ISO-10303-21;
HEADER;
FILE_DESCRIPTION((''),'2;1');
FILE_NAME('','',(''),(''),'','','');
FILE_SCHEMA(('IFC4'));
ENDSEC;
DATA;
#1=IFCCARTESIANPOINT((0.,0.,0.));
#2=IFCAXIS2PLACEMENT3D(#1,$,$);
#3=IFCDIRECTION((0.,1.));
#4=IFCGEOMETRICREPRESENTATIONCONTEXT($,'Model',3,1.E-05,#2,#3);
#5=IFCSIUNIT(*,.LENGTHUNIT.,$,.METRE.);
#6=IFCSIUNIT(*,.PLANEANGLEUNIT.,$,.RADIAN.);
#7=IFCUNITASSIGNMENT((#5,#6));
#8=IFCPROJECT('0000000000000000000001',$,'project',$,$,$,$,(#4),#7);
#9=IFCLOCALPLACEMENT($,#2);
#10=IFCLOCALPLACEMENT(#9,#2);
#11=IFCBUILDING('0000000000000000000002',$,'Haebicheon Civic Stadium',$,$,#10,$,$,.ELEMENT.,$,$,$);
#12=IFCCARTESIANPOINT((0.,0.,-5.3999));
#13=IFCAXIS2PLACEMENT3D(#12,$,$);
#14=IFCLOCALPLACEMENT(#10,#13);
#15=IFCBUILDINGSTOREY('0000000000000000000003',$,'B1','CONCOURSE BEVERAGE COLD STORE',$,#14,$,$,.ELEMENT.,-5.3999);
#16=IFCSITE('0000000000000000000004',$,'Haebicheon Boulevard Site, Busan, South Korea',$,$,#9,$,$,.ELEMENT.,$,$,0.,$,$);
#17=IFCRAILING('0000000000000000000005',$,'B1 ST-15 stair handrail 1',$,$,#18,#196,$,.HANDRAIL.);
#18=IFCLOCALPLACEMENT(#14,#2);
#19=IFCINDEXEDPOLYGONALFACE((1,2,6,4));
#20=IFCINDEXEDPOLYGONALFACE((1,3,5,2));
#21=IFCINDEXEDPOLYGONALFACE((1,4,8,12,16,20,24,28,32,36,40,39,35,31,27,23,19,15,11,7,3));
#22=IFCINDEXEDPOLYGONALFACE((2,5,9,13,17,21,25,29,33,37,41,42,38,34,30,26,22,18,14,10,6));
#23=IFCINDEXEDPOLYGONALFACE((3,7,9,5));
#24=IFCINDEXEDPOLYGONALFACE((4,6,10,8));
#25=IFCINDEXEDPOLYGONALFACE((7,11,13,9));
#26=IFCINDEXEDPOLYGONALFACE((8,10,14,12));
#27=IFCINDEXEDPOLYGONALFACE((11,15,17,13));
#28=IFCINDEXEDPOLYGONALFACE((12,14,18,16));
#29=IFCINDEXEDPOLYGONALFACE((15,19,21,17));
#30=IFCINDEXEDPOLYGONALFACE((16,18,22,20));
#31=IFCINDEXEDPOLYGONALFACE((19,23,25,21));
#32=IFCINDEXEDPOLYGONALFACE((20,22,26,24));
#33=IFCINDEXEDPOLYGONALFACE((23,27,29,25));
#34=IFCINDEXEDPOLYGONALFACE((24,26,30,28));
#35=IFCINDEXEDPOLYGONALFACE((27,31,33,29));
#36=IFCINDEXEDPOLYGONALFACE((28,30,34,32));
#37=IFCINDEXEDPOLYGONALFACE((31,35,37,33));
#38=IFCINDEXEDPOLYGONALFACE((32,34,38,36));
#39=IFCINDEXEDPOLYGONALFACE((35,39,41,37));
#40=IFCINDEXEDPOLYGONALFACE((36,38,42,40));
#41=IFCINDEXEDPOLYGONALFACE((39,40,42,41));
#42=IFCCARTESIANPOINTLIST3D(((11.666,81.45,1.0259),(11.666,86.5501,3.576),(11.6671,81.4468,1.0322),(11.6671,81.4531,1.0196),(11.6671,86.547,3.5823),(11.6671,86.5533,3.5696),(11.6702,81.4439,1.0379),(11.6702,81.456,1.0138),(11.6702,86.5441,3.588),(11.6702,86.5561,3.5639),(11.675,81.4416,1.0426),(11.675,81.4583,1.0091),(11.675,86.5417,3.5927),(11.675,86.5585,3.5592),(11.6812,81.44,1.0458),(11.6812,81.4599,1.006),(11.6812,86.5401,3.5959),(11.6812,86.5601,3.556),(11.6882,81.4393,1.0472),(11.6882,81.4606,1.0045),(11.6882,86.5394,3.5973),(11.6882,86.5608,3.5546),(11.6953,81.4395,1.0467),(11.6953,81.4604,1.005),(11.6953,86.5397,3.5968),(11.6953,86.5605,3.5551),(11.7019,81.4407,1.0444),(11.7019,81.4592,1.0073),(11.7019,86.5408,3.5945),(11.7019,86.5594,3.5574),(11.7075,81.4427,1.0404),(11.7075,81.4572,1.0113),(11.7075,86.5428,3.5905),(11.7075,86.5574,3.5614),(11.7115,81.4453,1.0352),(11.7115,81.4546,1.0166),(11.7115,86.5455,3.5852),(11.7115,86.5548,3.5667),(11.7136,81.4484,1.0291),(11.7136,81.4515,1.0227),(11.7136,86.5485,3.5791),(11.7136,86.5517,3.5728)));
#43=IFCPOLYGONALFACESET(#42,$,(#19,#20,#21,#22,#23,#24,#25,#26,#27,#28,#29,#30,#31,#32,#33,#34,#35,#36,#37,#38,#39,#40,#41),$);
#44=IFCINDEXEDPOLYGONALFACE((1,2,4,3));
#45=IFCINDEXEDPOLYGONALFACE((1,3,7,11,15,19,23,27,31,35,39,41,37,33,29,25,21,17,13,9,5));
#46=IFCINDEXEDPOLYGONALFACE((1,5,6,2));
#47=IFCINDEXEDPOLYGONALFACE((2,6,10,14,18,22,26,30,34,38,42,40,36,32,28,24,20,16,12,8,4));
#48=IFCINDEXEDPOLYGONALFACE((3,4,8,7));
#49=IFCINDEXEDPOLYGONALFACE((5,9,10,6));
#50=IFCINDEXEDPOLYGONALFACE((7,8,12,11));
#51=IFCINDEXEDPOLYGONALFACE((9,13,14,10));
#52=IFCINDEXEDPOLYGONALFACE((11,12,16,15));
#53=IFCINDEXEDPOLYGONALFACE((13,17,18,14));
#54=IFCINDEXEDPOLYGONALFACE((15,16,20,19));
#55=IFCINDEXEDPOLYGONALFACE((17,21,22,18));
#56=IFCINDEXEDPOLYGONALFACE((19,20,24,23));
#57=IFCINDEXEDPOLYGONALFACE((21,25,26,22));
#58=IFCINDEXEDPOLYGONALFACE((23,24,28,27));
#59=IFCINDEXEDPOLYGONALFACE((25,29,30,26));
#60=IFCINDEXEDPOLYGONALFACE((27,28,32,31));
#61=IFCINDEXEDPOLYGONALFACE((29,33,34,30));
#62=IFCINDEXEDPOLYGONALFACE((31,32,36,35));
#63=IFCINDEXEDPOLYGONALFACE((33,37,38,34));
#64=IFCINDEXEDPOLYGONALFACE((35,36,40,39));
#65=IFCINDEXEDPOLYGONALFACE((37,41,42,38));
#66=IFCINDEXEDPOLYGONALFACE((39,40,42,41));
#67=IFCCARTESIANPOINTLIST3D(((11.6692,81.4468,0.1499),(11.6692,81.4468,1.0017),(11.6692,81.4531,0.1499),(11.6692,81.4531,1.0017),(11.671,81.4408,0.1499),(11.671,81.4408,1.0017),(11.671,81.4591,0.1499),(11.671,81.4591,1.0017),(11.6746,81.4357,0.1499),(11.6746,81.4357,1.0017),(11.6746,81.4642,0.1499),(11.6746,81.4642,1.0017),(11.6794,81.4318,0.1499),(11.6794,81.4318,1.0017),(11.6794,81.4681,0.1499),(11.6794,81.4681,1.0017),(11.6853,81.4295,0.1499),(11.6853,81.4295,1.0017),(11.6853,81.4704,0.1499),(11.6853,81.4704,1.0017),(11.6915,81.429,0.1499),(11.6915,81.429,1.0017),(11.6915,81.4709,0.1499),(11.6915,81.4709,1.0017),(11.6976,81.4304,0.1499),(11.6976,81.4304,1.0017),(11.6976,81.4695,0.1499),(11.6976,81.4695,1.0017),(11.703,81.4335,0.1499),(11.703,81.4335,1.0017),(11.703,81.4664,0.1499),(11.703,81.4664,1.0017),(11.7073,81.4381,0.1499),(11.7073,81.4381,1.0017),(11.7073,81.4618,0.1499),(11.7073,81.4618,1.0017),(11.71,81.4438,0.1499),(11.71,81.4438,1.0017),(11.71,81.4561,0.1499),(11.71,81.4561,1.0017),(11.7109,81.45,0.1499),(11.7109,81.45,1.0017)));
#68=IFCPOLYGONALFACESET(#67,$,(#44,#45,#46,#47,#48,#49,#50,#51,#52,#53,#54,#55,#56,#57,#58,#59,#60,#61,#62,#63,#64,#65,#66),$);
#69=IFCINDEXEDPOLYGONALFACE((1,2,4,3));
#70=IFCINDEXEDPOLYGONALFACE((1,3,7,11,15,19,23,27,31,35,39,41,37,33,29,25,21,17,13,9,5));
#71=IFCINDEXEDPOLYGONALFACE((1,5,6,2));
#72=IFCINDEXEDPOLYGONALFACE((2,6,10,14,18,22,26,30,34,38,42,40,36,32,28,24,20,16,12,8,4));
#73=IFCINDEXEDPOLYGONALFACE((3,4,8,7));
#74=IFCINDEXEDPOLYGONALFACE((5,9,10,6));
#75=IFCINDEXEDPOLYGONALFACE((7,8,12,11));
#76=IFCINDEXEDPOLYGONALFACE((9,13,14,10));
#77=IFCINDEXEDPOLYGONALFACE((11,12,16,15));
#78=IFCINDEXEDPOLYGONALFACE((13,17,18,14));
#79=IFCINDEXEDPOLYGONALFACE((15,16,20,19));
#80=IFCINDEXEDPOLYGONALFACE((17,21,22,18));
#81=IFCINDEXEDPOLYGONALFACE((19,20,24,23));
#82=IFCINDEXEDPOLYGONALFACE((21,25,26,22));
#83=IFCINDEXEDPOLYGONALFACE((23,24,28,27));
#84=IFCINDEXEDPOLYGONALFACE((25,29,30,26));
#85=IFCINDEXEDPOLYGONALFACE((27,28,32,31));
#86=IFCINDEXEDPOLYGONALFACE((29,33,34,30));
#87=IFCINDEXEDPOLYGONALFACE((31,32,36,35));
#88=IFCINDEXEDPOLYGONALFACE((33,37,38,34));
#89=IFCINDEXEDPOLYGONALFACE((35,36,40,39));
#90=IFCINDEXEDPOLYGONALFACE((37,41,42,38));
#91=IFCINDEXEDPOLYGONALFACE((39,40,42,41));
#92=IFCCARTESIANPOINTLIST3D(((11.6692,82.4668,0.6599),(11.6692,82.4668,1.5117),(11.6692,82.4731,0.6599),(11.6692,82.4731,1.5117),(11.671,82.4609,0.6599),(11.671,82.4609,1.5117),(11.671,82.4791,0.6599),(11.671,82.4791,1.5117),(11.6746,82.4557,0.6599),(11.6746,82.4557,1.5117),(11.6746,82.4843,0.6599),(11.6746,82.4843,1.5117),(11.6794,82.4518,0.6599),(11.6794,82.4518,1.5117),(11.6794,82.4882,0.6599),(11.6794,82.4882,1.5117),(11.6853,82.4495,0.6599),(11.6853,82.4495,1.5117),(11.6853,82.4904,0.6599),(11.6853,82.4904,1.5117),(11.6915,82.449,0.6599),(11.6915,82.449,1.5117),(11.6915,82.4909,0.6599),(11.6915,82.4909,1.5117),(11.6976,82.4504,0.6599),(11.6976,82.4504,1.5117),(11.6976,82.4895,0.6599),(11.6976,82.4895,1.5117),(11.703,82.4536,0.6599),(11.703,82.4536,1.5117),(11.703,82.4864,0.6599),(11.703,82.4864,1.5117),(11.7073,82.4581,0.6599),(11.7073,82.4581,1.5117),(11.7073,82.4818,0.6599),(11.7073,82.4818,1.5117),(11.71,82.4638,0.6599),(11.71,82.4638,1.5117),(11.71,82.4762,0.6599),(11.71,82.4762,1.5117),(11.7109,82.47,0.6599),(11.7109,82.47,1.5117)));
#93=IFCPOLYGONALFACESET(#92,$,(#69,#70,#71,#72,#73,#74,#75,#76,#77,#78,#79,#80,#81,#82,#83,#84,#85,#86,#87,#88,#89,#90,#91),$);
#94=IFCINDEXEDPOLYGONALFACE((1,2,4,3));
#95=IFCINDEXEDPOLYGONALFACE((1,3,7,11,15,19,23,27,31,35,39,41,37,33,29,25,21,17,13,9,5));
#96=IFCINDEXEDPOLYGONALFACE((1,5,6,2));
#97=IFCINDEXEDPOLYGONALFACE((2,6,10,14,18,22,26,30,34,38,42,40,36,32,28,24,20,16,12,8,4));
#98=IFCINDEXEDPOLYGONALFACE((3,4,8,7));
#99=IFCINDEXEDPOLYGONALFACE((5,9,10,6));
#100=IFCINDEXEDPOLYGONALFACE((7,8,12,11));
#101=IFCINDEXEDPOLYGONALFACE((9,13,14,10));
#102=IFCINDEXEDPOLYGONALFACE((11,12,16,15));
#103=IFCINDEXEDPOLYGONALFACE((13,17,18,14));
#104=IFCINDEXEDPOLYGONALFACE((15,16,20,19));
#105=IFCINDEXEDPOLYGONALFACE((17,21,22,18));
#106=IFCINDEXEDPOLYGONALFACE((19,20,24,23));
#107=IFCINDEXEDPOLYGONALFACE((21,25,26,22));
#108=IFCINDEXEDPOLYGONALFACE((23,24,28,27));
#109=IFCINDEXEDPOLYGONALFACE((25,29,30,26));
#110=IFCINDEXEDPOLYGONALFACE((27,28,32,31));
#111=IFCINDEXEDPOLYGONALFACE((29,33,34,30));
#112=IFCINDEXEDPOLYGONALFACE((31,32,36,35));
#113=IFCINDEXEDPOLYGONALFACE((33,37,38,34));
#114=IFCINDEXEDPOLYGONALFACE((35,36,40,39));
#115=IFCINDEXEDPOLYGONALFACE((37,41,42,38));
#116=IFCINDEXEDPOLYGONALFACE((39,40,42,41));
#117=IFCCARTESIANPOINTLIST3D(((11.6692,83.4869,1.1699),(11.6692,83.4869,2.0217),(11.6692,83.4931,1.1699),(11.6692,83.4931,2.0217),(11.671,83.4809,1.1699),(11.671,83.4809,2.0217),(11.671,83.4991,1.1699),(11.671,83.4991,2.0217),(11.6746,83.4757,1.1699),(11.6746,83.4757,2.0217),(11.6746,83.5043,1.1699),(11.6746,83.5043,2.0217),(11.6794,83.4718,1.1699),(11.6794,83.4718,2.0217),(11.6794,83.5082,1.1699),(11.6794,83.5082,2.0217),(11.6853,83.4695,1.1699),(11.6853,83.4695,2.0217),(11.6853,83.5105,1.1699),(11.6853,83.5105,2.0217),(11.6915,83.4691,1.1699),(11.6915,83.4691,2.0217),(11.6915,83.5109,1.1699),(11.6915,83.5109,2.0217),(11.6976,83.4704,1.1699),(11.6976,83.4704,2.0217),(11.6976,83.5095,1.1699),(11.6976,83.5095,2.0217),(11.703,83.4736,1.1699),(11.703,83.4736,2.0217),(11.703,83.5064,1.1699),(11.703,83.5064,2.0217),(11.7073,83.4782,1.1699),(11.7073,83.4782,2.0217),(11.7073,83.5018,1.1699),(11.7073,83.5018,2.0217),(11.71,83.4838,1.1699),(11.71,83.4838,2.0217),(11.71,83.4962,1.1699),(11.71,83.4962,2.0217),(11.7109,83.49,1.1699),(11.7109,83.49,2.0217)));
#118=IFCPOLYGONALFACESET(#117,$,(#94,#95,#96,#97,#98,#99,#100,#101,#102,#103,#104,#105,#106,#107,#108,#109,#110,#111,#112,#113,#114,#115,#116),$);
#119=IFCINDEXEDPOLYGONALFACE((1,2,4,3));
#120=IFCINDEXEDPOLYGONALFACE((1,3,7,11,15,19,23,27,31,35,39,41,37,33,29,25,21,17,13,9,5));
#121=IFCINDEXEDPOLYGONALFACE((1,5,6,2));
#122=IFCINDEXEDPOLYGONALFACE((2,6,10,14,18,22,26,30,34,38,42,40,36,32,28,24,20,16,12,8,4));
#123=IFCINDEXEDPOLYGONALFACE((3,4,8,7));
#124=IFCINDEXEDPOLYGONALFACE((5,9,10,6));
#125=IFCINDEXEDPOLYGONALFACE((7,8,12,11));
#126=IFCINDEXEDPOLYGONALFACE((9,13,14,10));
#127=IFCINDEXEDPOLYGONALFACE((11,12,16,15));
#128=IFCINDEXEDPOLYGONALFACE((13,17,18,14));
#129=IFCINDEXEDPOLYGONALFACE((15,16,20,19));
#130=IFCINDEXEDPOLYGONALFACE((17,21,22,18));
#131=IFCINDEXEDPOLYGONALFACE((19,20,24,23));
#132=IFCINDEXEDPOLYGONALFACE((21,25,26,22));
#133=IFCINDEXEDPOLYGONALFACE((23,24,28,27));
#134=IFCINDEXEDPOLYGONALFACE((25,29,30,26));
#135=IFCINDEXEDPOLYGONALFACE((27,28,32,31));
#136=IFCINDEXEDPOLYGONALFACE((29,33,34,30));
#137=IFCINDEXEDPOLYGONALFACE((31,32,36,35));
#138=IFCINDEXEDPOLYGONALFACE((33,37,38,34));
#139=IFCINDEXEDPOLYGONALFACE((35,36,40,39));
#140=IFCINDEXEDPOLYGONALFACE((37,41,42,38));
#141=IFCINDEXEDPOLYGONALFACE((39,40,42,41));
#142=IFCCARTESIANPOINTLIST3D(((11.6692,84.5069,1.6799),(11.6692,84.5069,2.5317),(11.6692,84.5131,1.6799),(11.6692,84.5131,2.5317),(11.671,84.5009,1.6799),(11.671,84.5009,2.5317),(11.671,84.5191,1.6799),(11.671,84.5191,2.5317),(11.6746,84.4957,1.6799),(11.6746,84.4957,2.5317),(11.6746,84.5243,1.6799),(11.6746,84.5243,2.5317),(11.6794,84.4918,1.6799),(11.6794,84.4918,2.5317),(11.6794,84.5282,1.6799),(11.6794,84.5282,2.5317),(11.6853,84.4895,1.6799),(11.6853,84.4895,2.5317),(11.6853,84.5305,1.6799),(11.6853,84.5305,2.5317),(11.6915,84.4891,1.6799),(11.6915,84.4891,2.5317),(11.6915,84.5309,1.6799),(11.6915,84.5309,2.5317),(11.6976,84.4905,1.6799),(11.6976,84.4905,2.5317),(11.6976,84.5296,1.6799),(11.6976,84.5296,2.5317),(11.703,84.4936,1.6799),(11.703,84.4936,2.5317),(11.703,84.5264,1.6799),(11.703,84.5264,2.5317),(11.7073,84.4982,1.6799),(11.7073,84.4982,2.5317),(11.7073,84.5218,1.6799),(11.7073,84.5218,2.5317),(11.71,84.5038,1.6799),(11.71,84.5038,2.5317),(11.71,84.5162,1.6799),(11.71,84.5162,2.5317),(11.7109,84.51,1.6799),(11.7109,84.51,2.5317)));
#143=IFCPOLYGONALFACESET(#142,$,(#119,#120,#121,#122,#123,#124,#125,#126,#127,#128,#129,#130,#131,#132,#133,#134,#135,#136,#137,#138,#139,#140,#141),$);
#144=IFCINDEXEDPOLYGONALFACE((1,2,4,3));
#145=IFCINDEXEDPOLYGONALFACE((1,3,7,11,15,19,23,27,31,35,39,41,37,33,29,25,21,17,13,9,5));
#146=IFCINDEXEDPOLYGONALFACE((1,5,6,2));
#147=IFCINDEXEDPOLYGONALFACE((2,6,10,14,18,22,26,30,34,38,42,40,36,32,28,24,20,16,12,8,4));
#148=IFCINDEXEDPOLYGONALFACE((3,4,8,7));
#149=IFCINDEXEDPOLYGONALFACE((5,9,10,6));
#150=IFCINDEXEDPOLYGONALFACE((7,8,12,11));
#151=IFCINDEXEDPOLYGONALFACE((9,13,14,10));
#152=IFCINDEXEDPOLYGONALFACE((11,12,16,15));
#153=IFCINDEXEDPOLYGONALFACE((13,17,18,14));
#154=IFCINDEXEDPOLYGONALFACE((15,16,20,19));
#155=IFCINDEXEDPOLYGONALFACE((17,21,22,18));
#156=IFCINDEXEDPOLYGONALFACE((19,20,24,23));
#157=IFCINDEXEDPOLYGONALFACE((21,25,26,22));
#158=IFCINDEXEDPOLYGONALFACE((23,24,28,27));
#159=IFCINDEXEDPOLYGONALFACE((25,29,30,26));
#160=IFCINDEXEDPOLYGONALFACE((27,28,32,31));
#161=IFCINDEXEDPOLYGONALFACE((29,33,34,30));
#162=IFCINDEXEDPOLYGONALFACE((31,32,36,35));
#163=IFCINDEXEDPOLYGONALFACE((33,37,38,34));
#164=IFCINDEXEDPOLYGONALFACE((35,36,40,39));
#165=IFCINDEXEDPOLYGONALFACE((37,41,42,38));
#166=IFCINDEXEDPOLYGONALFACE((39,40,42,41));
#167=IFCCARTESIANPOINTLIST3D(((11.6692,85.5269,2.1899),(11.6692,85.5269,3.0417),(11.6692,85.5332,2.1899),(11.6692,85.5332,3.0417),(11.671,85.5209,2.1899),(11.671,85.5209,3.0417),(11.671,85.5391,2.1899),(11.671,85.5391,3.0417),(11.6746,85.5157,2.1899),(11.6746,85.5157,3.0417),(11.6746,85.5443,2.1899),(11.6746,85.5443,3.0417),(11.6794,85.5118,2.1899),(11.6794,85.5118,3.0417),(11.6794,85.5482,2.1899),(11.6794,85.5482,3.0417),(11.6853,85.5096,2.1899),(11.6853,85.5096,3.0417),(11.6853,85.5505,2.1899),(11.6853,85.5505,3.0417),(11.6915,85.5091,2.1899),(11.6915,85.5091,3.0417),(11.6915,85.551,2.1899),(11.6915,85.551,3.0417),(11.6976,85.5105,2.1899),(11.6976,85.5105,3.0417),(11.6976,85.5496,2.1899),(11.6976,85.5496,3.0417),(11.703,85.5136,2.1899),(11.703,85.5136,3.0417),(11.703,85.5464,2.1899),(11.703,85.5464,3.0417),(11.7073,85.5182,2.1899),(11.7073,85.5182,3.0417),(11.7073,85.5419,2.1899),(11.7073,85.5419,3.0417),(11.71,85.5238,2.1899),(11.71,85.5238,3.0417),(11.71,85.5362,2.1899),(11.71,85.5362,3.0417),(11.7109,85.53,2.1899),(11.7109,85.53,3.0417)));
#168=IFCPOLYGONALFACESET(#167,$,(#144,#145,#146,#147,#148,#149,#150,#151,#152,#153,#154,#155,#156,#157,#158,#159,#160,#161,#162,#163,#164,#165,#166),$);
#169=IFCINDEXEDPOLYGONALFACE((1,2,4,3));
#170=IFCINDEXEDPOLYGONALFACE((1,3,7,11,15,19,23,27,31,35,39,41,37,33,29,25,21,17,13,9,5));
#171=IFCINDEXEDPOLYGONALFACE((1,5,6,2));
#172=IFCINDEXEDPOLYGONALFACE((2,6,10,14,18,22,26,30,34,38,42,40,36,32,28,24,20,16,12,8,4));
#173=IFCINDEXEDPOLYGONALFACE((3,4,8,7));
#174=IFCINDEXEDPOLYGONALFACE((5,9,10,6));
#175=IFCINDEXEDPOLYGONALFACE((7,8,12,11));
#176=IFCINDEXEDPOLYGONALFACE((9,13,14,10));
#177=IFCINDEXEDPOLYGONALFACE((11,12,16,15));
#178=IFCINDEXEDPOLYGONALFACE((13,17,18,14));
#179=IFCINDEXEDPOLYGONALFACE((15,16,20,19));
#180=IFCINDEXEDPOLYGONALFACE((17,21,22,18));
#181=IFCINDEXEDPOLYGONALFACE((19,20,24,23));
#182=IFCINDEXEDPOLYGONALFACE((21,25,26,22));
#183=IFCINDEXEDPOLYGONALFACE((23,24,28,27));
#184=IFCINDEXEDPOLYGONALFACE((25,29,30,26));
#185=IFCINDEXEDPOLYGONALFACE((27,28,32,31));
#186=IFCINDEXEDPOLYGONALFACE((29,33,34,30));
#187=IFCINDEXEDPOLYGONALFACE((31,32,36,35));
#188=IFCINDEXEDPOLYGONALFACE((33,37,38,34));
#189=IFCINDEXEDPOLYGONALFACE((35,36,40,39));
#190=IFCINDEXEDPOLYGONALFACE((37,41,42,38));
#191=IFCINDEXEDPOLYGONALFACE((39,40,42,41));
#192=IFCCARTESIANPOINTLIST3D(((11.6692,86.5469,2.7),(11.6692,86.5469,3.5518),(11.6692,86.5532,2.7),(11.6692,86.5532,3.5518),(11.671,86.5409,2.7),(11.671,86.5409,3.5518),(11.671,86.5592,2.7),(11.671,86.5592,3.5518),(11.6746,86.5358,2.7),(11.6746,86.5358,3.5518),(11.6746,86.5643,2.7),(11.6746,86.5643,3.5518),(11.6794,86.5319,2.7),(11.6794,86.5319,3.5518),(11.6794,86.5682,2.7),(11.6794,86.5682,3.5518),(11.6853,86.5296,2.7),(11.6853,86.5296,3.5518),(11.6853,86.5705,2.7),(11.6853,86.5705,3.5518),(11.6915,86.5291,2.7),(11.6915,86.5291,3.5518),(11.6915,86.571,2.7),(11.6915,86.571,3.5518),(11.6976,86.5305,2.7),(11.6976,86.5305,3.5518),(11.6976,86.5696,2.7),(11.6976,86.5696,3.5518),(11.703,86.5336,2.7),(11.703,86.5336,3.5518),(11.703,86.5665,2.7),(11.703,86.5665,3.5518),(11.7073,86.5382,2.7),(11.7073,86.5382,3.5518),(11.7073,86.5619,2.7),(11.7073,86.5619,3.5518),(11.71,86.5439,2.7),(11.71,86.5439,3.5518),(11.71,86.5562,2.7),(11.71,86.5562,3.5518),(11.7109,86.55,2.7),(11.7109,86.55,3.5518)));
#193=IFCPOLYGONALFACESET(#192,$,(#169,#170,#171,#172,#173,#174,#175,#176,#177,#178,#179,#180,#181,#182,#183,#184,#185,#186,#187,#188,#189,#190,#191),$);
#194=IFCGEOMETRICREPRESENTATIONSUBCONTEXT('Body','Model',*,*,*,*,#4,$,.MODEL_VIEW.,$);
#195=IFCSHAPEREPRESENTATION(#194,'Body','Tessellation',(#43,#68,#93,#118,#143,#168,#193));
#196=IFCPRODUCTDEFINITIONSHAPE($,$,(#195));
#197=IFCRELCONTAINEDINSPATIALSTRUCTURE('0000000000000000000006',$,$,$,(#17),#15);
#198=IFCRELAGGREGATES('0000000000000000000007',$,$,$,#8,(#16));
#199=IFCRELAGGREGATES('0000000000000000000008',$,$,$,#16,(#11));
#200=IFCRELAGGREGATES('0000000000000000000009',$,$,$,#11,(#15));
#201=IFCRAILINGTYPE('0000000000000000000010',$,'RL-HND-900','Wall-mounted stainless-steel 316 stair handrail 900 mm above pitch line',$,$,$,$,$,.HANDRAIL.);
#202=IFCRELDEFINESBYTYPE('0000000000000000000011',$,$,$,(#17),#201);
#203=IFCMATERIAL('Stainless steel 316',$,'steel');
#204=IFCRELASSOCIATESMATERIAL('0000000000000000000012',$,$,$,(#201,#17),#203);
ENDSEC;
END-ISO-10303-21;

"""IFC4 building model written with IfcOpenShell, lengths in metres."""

from ifc_helpers import new_model, si_unit, direction, frame, origin, origin_2d, place, context, subcontext, project, spatial, circle, extrude, material, type_object, element, save


model = new_model("IFC4")

# Units and contexts
model_context = context("Model", 3, precision=1e-05, world=origin(), true_north=direction((0.0, 1.0)))
body_context = subcontext(model_context, "Body", "Model", "MODEL_VIEW")
ifc_project = project(units=[si_unit("LENGTHUNIT", "METRE"), si_unit("PLANEANGLEUNIT", "RADIAN")], contexts=[model_context])

# Site, building, storey
site_placement = place(None, origin())
site = spatial("IfcSite", under=ifc_project, at=site_placement, Name="Haebicheon Boulevard Site, Busan, South Korea", CompositionType="ELEMENT", RefElevation=0.0)
building_placement = place(site_placement, origin())
building = spatial("IfcBuilding", under=site, at=building_placement, Name="Haebicheon Civic Stadium", CompositionType="ELEMENT")
storey_placement = place(building_placement, frame((0.0, 0.0, -5.3999)))
storey = spatial("IfcBuildingStorey", under=building, at=storey_placement, Name="B1", Description="CONCOURSE BEVERAGE COLD STORE", CompositionType="ELEMENT", Elevation=-5.3999)

# Railing
ifc_material_1 = material(Name="Stainless steel 316", Category="steel")
railing_type_1 = type_object("IfcRailingType", Name="RL-HND-900", Description="Wall-mounted stainless-steel 316 stair handrail 900 mm above pitch line", PredefinedType="HANDRAIL", material=ifc_material_1)
railing_1_placement = place(storey_placement, frame((11.6899, 81.45, 0.1499)))
element("IfcRailing", 1, at=railing_1_placement, inside=storey, type_object=railing_type_1, material=ifc_material_1, Name="B1 ST-15 stair handrail 1", PredefinedType="HANDRAIL", context=body_context, shape_type="SweptSolid", body=[
    extrude(circle(Radius=0.0239, at=origin_2d()), frame((0.0, 0.0, 0.876), z_axis=(0.0, 0.894427, 0.447214), x_axis=(-1.0, 0.0, 0.0)), (0.0, 0.0, 1.0), 5.7021),
    extrude(circle(Radius=0.021, at=origin_2d()), origin(), (0.0, 0.0, 1.0), 0.8518),
    extrude(circle(Radius=0.021, at=origin_2d()), frame((0.0, 1.02, 0.51)), (0.0, 0.0, 1.0), 0.8518),
    extrude(circle(Radius=0.021, at=origin_2d()), frame((0.0, 2.04, 1.02)), (0.0, 0.0, 1.0), 0.8518),
    extrude(circle(Radius=0.021, at=origin_2d()), frame((0.0, 3.0601, 1.53)), (0.0, 0.0, 1.0), 0.8518),
    extrude(circle(Radius=0.021, at=origin_2d()), frame((0.0, 4.0801, 2.04)), (0.0, 0.0, 1.0), 0.8518),
    extrude(circle(Radius=0.021, at=origin_2d()), frame((0.0, 5.1001, 2.55)), (0.0, 0.0, 1.0), 0.8518),
])

save(model, "model.ifc")
